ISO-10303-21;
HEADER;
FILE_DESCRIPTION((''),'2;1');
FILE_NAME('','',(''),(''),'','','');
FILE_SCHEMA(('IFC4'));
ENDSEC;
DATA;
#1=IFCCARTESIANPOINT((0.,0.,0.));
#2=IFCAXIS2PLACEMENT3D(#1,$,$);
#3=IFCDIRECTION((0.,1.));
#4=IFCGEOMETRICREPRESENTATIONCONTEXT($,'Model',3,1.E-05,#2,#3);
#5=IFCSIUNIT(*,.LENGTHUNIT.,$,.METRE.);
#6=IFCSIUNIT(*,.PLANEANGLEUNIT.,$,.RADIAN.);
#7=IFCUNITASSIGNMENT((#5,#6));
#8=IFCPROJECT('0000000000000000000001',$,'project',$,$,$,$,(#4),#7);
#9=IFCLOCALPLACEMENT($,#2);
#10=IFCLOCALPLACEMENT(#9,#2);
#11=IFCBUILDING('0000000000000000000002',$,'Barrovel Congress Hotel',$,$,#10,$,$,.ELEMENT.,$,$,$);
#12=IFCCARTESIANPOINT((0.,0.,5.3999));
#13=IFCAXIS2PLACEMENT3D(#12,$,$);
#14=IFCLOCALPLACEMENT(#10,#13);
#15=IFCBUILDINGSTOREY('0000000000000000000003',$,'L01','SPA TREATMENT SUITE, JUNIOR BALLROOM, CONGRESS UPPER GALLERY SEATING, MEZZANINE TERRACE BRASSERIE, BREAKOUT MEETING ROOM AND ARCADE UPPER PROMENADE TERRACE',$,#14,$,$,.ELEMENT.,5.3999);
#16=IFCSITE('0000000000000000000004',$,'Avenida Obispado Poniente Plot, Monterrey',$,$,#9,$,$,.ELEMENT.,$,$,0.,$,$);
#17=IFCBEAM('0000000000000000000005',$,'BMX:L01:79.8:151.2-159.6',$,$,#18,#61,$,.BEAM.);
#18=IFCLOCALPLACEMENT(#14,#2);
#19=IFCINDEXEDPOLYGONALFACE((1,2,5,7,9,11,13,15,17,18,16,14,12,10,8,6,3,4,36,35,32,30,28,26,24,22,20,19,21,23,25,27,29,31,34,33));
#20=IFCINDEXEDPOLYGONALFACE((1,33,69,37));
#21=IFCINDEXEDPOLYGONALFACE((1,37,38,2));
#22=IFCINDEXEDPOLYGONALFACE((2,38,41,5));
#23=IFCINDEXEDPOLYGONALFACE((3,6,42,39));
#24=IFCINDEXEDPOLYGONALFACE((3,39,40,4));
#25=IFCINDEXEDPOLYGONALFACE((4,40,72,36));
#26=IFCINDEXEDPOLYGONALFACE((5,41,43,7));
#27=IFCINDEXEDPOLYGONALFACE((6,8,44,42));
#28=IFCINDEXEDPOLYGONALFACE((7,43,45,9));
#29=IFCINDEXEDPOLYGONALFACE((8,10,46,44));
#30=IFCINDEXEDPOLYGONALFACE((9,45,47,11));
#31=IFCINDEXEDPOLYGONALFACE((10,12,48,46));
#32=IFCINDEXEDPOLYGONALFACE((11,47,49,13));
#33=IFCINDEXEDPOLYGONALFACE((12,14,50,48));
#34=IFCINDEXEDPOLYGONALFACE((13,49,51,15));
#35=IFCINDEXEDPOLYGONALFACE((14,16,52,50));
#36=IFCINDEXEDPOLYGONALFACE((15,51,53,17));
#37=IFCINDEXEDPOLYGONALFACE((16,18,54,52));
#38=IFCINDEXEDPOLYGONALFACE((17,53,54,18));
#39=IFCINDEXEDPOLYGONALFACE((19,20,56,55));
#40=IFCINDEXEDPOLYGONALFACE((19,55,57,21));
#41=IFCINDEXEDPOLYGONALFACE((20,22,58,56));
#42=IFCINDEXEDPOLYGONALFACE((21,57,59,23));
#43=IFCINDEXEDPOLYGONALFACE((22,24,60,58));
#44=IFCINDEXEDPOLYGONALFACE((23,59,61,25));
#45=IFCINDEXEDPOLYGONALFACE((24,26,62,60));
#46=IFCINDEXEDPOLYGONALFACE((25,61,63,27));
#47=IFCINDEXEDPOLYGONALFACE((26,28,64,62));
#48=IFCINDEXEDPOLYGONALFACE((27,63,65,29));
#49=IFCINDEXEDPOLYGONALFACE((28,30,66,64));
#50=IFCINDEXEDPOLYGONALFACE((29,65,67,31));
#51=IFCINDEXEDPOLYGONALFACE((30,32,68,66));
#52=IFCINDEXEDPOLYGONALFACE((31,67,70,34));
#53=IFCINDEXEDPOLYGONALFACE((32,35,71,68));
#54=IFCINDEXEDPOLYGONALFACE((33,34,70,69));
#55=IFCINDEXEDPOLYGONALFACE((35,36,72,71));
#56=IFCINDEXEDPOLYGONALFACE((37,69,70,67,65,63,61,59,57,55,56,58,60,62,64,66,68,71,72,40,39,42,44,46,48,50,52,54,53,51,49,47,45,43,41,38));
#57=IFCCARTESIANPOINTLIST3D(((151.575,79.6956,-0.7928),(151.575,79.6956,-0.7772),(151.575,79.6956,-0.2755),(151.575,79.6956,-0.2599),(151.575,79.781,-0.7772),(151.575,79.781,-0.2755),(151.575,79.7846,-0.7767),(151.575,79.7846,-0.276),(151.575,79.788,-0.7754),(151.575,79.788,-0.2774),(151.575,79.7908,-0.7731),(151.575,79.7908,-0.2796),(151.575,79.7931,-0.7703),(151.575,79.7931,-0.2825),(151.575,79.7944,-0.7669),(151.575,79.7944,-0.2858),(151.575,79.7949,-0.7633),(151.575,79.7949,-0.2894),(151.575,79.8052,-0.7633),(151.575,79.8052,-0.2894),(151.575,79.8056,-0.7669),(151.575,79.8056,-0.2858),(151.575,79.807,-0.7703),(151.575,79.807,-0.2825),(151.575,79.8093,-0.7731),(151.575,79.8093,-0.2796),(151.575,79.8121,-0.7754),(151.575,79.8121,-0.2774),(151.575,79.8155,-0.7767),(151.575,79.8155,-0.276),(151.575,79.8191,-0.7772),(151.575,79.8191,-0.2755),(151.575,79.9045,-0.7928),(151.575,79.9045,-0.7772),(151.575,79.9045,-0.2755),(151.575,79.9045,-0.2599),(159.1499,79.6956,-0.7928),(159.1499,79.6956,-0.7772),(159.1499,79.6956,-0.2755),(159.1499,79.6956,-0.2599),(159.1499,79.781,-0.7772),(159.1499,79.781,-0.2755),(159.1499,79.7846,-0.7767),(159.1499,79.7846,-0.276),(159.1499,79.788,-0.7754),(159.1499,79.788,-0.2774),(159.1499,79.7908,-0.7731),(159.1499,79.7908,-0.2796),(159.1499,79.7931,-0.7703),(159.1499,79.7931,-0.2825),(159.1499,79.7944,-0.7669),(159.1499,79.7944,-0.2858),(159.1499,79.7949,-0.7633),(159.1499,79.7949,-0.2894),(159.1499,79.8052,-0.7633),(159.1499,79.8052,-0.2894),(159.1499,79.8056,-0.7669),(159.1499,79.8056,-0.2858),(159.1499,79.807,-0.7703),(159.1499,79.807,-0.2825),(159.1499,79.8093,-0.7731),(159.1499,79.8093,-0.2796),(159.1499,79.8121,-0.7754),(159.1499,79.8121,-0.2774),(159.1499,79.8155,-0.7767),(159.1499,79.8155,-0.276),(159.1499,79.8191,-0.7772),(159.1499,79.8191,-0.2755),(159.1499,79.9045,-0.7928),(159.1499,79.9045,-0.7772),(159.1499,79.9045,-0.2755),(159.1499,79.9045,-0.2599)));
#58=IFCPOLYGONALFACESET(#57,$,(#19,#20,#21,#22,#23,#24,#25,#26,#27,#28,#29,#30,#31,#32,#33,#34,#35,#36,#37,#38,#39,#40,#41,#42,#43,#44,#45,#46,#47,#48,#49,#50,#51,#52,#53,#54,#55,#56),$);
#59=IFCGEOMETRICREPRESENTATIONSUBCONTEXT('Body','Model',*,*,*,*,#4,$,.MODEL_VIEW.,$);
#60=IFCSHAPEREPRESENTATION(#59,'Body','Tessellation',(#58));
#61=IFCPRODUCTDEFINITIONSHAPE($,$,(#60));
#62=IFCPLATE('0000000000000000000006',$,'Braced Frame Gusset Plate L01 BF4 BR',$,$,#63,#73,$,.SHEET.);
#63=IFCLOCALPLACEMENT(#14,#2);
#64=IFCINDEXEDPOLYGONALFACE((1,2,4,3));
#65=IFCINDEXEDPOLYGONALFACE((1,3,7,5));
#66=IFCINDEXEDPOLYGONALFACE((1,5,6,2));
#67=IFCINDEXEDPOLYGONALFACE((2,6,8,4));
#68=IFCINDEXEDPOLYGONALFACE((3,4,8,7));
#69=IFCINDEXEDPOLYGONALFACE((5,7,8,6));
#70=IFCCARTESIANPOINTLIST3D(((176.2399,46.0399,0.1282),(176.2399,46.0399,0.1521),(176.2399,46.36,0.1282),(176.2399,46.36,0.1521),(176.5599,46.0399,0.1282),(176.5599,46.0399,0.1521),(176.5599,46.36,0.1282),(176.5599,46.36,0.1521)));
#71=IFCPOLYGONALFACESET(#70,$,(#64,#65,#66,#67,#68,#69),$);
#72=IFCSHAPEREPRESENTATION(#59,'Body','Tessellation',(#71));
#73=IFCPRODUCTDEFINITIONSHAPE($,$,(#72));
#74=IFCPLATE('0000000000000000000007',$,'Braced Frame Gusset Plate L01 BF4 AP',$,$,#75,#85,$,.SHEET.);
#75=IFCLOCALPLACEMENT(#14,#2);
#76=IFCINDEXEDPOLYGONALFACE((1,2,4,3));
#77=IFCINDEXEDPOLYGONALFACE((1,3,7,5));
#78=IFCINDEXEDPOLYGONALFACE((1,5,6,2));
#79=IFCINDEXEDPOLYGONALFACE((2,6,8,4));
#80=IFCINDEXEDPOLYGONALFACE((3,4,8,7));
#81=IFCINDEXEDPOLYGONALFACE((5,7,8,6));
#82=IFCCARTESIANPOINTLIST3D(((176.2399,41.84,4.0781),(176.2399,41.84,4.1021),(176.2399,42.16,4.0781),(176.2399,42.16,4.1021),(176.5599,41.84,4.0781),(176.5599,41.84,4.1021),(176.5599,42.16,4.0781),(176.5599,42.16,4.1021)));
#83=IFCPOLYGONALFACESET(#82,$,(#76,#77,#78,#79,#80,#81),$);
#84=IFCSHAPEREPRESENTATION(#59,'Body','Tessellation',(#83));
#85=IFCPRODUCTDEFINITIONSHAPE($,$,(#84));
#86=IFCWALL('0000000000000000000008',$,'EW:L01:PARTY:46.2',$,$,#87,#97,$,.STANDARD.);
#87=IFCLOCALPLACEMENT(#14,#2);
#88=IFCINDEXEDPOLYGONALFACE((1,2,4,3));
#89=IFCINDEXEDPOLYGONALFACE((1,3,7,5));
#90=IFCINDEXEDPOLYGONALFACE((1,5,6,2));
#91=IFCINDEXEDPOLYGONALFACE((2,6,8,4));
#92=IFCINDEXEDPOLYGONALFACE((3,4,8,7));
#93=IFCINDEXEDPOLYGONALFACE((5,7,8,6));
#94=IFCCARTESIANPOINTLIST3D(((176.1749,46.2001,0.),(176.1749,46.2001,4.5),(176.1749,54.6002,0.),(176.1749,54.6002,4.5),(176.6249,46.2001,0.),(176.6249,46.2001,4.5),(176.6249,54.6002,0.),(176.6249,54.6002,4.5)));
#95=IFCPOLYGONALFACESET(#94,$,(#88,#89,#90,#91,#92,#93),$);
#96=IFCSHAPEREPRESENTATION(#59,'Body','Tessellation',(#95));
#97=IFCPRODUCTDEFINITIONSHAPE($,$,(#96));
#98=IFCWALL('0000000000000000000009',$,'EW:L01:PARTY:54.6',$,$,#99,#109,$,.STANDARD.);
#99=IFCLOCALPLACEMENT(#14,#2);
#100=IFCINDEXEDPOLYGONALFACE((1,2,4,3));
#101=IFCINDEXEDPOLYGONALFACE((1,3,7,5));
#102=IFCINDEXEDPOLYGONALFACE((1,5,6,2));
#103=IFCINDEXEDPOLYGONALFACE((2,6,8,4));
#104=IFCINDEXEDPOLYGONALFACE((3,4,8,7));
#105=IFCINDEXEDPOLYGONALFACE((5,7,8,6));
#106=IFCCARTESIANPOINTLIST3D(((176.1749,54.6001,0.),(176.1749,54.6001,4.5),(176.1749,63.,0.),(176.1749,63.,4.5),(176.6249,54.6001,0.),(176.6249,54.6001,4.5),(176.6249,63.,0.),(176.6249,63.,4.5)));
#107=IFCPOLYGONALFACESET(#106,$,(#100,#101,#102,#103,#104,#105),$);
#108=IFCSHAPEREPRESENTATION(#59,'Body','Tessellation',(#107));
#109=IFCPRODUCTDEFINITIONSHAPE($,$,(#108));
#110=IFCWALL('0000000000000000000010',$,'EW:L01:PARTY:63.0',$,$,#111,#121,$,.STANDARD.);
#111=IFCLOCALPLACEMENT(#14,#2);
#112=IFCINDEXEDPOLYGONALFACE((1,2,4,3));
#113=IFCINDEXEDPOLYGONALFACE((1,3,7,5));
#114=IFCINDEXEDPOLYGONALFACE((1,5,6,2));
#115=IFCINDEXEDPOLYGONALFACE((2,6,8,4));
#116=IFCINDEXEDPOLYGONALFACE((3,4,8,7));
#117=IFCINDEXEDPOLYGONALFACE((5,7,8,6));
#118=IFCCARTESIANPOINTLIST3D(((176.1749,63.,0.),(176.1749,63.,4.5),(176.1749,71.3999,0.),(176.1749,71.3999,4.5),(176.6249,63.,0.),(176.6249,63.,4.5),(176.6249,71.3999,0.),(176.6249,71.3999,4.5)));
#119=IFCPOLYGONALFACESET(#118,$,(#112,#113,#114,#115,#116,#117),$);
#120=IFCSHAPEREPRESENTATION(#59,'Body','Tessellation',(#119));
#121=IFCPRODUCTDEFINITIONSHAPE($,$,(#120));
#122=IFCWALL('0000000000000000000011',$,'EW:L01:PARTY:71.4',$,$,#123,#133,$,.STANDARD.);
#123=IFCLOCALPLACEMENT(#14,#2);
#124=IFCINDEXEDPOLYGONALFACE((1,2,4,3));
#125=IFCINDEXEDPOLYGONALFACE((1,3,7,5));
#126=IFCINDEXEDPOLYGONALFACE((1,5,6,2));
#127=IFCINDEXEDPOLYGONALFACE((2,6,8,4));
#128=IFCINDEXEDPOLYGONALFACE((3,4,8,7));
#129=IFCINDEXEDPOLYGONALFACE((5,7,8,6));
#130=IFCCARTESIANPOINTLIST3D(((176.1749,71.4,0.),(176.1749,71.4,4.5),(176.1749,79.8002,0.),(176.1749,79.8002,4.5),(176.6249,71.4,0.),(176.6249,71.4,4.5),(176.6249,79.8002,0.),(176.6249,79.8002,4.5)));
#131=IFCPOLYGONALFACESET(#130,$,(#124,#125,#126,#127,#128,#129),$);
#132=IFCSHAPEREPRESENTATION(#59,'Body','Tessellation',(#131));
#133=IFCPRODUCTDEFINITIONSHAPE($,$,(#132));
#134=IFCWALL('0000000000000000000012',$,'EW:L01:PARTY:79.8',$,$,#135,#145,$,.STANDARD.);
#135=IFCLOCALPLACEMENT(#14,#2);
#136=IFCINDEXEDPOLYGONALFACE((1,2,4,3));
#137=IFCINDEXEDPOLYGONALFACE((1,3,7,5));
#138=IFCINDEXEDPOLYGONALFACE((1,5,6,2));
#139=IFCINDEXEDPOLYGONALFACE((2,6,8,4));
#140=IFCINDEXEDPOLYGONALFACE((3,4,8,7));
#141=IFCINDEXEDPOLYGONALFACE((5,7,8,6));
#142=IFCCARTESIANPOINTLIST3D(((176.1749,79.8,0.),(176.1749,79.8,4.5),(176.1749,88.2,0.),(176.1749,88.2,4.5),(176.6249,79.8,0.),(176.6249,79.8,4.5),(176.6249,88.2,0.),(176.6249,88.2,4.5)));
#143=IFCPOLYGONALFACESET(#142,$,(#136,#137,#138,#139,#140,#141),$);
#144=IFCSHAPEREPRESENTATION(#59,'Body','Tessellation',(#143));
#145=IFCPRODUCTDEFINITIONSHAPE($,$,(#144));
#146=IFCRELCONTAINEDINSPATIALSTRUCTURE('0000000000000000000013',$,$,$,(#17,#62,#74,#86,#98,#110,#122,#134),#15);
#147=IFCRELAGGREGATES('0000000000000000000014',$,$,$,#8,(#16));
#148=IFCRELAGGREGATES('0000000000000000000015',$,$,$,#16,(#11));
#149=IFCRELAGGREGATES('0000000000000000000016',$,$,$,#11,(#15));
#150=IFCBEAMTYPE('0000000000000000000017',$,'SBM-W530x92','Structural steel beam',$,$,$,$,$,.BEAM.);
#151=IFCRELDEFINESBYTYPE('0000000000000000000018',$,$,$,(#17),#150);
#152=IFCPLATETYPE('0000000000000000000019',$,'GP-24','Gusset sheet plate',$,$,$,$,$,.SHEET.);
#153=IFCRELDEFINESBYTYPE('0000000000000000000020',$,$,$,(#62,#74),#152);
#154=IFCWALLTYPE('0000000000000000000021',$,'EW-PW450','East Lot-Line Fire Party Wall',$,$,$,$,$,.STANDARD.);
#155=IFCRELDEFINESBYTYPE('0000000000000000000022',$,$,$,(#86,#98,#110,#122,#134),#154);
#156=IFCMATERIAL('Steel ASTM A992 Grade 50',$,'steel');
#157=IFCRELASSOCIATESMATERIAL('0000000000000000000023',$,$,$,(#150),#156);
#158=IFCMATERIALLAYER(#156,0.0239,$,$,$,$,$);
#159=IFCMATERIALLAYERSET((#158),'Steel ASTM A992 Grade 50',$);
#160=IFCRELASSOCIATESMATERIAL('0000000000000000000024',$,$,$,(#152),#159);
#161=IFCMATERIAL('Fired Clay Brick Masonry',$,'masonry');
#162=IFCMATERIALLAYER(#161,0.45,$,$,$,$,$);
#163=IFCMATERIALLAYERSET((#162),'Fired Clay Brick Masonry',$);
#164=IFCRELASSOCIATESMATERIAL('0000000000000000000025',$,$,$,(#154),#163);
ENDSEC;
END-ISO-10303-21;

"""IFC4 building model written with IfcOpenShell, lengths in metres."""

from ifc_helpers import new_model, si_unit, direction, frame, frame_2d, origin, origin_2d, place, context, subcontext, project, spatial, rectangle, i_section, extrude, material, layer, layer_set, material_profile, profile_set, type_object, element, save


model = new_model("IFC4")

# Units and contexts
model_context = context("Model", 3, precision=1e-05, world=origin(), true_north=direction((0.0, 1.0)))
body_context = subcontext(model_context, "Body", "Model", "MODEL_VIEW")
ifc_project = project(units=[si_unit("LENGTHUNIT", "METRE"), si_unit("PLANEANGLEUNIT", "RADIAN")], contexts=[model_context])

# Site, building, storey
site_placement = place(None, origin())
site = spatial("IfcSite", under=ifc_project, at=site_placement, Name="Avenida Obispado Poniente Plot, Monterrey", CompositionType="ELEMENT", RefElevation=0.0)
building_placement = place(site_placement, origin())
building = spatial("IfcBuilding", under=site, at=building_placement, Name="Barrovel Congress Hotel", CompositionType="ELEMENT")
storey_placement = place(building_placement, frame((0.0, 0.0, 5.3999)))
storey = spatial("IfcBuildingStorey", under=building, at=storey_placement, Name="L01", Description="SPA TREATMENT SUITE, JUNIOR BALLROOM, CONGRESS UPPER GALLERY SEATING, MEZZANINE TERRACE BRASSERIE, BREAKOUT MEETING ROOM AND ARCADE UPPER PROMENADE TERRACE", CompositionType="ELEMENT", Elevation=5.3999)

# Beam
ifc_material_1 = material(Name="Steel ASTM A992 Grade 50", Category="steel")
ifc_material_profile_1 = material_profile(ifc_material_1, i_section(OverallWidth=0.209, OverallDepth=0.533, WebThickness=0.0103, FlangeThickness=0.0156, FilletRadius=0.0139, at=origin_2d()), Name="W530x92")
ifc_profile_set_1 = profile_set([ifc_material_profile_1], Name="Steel ASTM A992 Grade 50")
beam_type_1 = type_object("IfcBeamType", Name="SBM-W530x92", Description="Structural steel beam", PredefinedType="BEAM", material=ifc_profile_set_1)
beam_1_placement = place(storey_placement, frame((151.575, 79.8, -0.5264), z_axis=(1.0, 0.0, 0.0), x_axis=(0.0, 1.0, 0.0)))
element("IfcBeam", 1, at=beam_1_placement, inside=storey, type_object=beam_type_1, Name="BMX:L01:79.8:151.2-159.6", PredefinedType="BEAM", context=body_context, shape_type="SweptSolid", body=[
    extrude(i_section(OverallWidth=0.209, OverallDepth=0.533, WebThickness=0.0103, FlangeThickness=0.0156, FilletRadius=0.0139, at=origin_2d()), origin(), (0.0, 0.0, 1.0), 7.575),
])

# Plates
ifc_layer_1 = layer(ifc_material_1, 0.0239)
ifc_layer_set_1 = layer_set([ifc_layer_1], Name="Steel ASTM A992 Grade 50")
plate_type = type_object("IfcPlateType", Name="GP-24", Description="Gusset sheet plate", PredefinedType="SHEET", material=ifc_layer_set_1)
for number, where, z_axis, x_axis, name in (
    (2, (176.3999, 46.2, 0.1282), (0.0, 0.0, 1.0), (1.0, 0.0, 0.0), "Braced Frame Gusset Plate L01 BF4 BR"),
    (3, (176.3999, 42.0, 4.0781), (0.0, 0.0, 1.0), (1.0, 0.0, 0.0), "Braced Frame Gusset Plate L01 BF4 AP"),
):
    element("IfcPlate", number, at=place(storey_placement, frame(where, z_axis=z_axis, x_axis=x_axis)), inside=storey, type_object=plate_type, Name=name, PredefinedType="SHEET", context=body_context, shape_type="SweptSolid", body=[
        extrude(rectangle(XDim=0.3201, YDim=0.3201, at=origin_2d()), origin(), (0.0, 0.0, 1.0), 0.0239),
    ])

# Walls
ifc_material_2 = material(Name="Fired Clay Brick Masonry", Category="masonry")
ifc_layer_2 = layer(ifc_material_2, 0.45)
ifc_layer_set_2 = layer_set([ifc_layer_2], Name="Fired Clay Brick Masonry")
wall_type = type_object("IfcWallType", Name="EW-PW450", Description="East Lot-Line Fire Party Wall", PredefinedType="STANDARD", material=ifc_layer_set_2)
wall_1_placement = place(storey_placement, frame((176.3999, 46.2, 0.0), z_axis=(0.0, 0.0, 1.0), x_axis=(0.0, 1.0, 0.0)))
element("IfcWall", 4, at=wall_1_placement, inside=storey, type_object=wall_type, Name="EW:L01:PARTY:46.2", PredefinedType="STANDARD", context=body_context, shape_type="SweptSolid", body=[
    extrude(rectangle(XDim=8.4001, YDim=0.45, at=frame_2d((4.2002, 0.0))), origin(), (0.0, 0.0, 1.0), 4.5),
])
for number, where, z_axis, x_axis, name in (
    (5, (176.3999, 54.6001, 0.0), (0.0, 0.0, 1.0), (0.0, 1.0, 0.0), "EW:L01:PARTY:54.6"),
    (6, (176.3999, 63.0, 0.0), (0.0, 0.0, 1.0), (0.0, 1.0, 0.0), "EW:L01:PARTY:63.0"),
):
    element("IfcWall", number, at=place(storey_placement, frame(where, z_axis=z_axis, x_axis=x_axis)), inside=storey, type_object=wall_type, Name=name, PredefinedType="STANDARD", context=body_context, shape_type="SweptSolid", body=[
        extrude(rectangle(XDim=8.3999, YDim=0.45, at=frame_2d((4.2, 0.0))), origin(), (0.0, 0.0, 1.0), 4.5),
    ])
wall_2_placement = place(storey_placement, frame((176.3999, 71.3999, 0.0), z_axis=(0.0, 0.0, 1.0), x_axis=(0.0, 1.0, 0.0)))
element("IfcWall", 7, at=wall_2_placement, inside=storey, type_object=wall_type, Name="EW:L01:PARTY:71.4", PredefinedType="STANDARD", context=body_context, shape_type="SweptSolid", body=[
    extrude(rectangle(XDim=8.4001, YDim=0.45, at=frame_2d((4.2002, 0.0))), origin(), (0.0, 0.0, 1.0), 4.5),
])
wall_3_placement = place(storey_placement, frame((176.3999, 79.8, 0.0), z_axis=(0.0, 0.0, 1.0), x_axis=(0.0, 1.0, 0.0)))
element("IfcWall", 8, at=wall_3_placement, inside=storey, type_object=wall_type, Name="EW:L01:PARTY:79.8", PredefinedType="STANDARD", context=body_context, shape_type="SweptSolid", body=[
    extrude(rectangle(XDim=8.3999, YDim=0.45, at=frame_2d((4.2, 0.0))), origin(), (0.0, 0.0, 1.0), 4.5),
])

save(model, "model.ifc")
